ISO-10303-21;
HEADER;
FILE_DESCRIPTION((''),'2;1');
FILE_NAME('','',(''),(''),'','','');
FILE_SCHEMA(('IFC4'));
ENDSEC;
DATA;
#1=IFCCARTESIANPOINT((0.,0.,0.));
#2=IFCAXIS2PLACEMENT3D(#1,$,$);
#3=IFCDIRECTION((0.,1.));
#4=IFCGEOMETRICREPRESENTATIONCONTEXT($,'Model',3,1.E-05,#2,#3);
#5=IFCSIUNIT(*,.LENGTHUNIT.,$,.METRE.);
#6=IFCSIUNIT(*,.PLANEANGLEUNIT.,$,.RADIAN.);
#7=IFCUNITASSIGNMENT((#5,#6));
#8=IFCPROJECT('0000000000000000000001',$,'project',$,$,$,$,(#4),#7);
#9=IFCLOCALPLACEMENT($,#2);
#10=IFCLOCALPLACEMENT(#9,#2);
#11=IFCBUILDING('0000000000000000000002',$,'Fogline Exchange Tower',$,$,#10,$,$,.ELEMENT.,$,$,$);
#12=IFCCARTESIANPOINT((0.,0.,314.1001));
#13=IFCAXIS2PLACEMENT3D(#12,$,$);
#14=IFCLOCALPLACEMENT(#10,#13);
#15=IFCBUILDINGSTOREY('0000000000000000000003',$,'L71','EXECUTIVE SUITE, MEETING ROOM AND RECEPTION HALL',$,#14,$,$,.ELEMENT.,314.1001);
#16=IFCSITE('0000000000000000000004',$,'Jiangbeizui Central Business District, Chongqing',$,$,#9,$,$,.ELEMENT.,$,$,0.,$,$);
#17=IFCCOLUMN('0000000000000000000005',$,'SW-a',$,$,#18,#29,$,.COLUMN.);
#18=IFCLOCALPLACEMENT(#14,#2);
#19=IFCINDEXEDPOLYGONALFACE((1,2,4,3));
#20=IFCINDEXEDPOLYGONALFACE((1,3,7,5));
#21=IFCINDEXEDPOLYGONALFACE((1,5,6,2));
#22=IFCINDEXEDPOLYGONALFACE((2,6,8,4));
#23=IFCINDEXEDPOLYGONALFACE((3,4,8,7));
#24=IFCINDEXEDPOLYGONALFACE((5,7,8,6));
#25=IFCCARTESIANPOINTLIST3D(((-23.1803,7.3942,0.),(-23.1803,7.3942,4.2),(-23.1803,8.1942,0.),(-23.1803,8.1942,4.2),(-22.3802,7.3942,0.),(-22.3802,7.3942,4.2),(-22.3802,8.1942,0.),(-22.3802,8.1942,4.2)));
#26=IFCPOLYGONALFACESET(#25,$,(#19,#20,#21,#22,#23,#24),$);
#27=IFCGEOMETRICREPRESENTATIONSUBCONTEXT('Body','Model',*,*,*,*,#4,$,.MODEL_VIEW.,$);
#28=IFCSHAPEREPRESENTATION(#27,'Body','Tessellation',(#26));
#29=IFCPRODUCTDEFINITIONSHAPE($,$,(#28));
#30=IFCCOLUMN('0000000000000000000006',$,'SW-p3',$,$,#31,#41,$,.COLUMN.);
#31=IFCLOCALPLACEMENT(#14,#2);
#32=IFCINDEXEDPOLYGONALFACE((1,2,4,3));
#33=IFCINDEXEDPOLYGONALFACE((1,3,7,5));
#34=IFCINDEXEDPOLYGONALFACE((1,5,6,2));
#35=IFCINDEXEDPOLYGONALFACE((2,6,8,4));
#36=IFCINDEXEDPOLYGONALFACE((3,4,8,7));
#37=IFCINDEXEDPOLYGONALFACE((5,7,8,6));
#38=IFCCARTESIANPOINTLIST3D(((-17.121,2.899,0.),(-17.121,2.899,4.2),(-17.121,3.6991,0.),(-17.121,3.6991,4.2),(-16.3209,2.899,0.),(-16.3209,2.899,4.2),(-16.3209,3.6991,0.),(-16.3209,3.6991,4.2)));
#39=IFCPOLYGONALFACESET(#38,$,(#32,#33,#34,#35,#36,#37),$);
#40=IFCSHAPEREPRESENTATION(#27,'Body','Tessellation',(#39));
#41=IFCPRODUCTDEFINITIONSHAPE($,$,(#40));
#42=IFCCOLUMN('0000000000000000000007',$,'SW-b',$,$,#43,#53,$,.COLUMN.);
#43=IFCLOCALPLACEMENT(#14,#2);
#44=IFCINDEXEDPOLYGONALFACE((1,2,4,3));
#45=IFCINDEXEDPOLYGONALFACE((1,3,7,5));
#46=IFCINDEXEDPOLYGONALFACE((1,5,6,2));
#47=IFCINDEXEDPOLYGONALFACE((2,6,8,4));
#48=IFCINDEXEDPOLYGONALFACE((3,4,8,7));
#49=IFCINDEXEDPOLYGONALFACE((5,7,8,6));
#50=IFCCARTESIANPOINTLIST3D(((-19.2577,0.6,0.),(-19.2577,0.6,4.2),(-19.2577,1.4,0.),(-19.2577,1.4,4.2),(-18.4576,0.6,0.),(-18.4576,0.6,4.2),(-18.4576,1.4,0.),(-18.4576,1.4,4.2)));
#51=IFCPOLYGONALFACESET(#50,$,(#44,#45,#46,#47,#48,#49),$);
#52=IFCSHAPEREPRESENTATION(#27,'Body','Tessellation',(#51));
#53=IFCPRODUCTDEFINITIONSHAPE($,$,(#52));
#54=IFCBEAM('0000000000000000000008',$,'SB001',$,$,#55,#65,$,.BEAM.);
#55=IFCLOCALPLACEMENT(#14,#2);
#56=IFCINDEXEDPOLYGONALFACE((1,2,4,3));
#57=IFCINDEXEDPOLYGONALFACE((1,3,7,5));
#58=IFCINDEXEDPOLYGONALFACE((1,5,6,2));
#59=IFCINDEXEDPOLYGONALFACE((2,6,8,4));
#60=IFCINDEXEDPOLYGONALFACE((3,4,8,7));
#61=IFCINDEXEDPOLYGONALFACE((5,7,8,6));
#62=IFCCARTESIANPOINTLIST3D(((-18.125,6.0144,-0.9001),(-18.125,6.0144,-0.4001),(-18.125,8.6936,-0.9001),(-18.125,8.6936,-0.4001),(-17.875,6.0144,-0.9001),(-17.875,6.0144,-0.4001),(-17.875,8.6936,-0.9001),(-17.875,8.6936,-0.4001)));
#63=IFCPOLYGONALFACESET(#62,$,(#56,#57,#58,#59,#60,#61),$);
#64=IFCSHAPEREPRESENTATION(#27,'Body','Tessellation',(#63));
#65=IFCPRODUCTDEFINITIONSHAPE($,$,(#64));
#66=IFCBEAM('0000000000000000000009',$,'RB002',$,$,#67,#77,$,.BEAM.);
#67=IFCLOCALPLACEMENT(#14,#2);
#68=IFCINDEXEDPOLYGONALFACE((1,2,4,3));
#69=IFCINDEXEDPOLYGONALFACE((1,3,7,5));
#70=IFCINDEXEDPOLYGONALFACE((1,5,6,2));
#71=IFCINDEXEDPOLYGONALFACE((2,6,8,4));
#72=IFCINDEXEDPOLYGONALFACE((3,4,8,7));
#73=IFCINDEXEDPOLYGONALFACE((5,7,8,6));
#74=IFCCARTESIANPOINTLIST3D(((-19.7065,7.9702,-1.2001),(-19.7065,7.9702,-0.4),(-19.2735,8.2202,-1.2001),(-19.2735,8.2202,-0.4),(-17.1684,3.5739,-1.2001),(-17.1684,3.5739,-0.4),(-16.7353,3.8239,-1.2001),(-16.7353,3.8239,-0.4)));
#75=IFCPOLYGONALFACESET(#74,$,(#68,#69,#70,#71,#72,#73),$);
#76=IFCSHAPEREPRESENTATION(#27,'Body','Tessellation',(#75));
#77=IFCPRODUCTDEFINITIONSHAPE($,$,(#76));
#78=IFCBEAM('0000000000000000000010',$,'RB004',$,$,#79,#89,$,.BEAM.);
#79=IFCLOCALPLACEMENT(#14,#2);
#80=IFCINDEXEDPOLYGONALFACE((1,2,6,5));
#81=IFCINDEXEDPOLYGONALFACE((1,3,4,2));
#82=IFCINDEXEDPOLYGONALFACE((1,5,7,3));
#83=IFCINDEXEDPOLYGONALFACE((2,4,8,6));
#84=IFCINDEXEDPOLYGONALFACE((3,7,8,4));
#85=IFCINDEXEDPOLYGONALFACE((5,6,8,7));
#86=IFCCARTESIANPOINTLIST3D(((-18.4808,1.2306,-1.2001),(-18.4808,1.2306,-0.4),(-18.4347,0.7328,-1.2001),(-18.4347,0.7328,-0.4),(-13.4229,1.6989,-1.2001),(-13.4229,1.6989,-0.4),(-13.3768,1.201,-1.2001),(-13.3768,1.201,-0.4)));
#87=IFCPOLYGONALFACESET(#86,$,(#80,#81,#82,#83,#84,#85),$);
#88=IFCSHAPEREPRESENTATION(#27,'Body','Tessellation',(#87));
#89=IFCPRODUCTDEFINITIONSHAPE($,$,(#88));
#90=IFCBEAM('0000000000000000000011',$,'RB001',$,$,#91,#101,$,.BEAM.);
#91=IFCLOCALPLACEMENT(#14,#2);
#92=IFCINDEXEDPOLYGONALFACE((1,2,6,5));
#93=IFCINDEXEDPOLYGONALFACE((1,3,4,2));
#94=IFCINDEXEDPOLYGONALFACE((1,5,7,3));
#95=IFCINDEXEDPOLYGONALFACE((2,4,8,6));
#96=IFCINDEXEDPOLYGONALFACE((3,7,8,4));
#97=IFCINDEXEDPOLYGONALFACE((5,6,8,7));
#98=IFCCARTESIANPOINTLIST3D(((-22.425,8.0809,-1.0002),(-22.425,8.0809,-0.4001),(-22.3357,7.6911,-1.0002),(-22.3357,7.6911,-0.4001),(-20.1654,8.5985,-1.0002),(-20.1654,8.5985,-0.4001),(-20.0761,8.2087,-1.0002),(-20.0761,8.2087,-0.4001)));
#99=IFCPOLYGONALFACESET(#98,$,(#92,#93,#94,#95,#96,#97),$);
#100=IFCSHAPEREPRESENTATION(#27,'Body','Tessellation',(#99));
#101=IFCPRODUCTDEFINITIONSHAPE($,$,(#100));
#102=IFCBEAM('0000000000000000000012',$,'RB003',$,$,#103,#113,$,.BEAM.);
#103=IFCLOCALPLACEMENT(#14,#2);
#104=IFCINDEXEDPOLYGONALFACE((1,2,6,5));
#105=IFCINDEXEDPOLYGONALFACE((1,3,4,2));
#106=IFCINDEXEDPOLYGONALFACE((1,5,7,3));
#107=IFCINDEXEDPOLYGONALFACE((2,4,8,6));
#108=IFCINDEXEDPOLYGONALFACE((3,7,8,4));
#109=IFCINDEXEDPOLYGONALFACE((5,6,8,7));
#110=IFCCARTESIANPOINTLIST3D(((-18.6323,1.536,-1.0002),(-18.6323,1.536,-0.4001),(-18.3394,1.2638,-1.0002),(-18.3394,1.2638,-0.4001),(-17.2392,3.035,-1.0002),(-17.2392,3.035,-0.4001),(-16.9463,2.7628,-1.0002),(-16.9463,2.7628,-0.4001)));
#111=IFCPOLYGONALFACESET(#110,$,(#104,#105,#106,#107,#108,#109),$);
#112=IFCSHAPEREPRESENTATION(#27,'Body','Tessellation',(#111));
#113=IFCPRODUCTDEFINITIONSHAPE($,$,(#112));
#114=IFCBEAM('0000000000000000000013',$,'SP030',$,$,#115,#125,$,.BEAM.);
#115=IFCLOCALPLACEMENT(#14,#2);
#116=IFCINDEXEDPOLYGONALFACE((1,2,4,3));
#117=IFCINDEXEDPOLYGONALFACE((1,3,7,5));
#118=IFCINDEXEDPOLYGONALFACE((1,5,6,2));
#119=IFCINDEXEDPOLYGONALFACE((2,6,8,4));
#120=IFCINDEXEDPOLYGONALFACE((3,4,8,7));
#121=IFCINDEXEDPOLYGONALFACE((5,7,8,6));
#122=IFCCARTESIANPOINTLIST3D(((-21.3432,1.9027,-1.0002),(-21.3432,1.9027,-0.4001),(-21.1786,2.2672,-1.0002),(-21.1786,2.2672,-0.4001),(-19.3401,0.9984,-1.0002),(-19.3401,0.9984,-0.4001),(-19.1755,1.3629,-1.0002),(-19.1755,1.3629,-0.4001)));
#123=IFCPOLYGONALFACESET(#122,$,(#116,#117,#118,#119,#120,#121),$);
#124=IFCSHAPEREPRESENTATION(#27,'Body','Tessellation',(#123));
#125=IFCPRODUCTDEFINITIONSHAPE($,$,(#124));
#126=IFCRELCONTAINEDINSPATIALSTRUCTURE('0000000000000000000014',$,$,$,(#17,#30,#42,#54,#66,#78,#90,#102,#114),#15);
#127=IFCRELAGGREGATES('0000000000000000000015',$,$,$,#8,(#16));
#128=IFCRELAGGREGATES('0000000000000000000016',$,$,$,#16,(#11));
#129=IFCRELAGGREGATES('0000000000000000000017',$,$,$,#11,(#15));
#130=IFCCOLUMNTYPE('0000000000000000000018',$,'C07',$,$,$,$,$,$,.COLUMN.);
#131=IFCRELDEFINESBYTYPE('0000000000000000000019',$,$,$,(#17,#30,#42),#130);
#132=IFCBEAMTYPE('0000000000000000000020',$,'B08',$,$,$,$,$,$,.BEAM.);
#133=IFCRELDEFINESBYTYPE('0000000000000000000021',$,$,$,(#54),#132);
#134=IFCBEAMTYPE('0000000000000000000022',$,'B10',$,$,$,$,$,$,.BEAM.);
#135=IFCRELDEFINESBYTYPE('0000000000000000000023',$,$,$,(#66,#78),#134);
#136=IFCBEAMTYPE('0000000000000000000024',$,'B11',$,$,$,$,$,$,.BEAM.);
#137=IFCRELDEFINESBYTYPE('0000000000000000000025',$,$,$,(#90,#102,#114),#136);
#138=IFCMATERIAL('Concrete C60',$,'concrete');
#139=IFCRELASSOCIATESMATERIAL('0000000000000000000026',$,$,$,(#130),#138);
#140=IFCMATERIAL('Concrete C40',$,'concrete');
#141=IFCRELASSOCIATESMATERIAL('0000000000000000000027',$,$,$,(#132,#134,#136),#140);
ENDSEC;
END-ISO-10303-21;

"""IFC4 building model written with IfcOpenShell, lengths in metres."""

from ifc_helpers import new_model, si_unit, direction, frame, origin, origin_2d, place, context, subcontext, project, spatial, rectangle, extrude, material, material_profile, profile_set, type_object, element, save


model = new_model("IFC4")

# Units and contexts
model_context = context("Model", 3, precision=1e-05, world=origin(), true_north=direction((0.0, 1.0)))
body_context = subcontext(model_context, "Body", "Model", "MODEL_VIEW")
ifc_project = project(units=[si_unit("LENGTHUNIT", "METRE"), si_unit("PLANEANGLEUNIT", "RADIAN")], contexts=[model_context])

# Site, building, storey
site_placement = place(None, origin())
site = spatial("IfcSite", under=ifc_project, at=site_placement, Name="Jiangbeizui Central Business District, Chongqing", CompositionType="ELEMENT", RefElevation=0.0)
building_placement = place(site_placement, origin())
building = spatial("IfcBuilding", under=site, at=building_placement, Name="Fogline Exchange Tower", CompositionType="ELEMENT")
storey_placement = place(building_placement, frame((0.0, 0.0, 314.1001)))
storey = spatial("IfcBuildingStorey", under=building, at=storey_placement, Name="L71", Description="EXECUTIVE SUITE, MEETING ROOM AND RECEPTION HALL", CompositionType="ELEMENT", Elevation=314.1001)

# Columns
ifc_material_1 = material(Name="Concrete C60", Category="concrete")
ifc_material_profile_1 = material_profile(ifc_material_1, rectangle(XDim=0.8, YDim=0.8, at=origin_2d()), Name="RC 800x800")
ifc_profile_set_1 = profile_set([ifc_material_profile_1], Name="Concrete C60")
column_type = type_object("IfcColumnType", Name="C07", PredefinedType="COLUMN", material=ifc_profile_set_1)
for number, where, z_axis, x_axis, name in (
    (1, (-22.7803, 7.7942, 0.0), (0.0, 0.0, 1.0), (1.0, 0.0, 0.0), "SW-a"),
    (2, (-16.7209, 3.2991, 0.0), (0.0, 0.0, 1.0), (1.0, 0.0, 0.0), "SW-p3"),
    (3, (-18.8577, 1.0, 0.0), (0.0, 0.0, 1.0), (1.0, 0.0, 0.0), "SW-b"),
):
    element("IfcColumn", number, at=place(storey_placement, frame(where, z_axis=z_axis, x_axis=x_axis)), inside=storey, type_object=column_type, Name=name, PredefinedType="COLUMN", context=body_context, shape_type="SweptSolid", body=[
        extrude(rectangle(XDim=0.8, YDim=0.8, at=origin_2d()), origin(), (0.0, 0.0, 1.0), 4.2),
    ])

# Beams
ifc_material_2 = material(Name="Concrete C40", Category="concrete")
ifc_material_profile_2 = material_profile(ifc_material_2, rectangle(XDim=0.25, YDim=0.5, at=origin_2d()), Name="RC 250x500")
ifc_profile_set_2 = profile_set([ifc_material_profile_2], Name="Concrete C40")
beam_type_1 = type_object("IfcBeamType", Name="B08", PredefinedType="BEAM", material=ifc_profile_set_2)
beam_1_placement = place(storey_placement, frame((-18.0, 6.0144, -0.6501), z_axis=(0.0, 1.0, 0.0), x_axis=(-1.0, 0.0, 0.0)))
element("IfcBeam", 4, at=beam_1_placement, inside=storey, type_object=beam_type_1, Name="SB001", PredefinedType="BEAM", context=body_context, shape_type="SweptSolid", body=[
    extrude(rectangle(XDim=0.25, YDim=0.5, at=origin_2d()), origin(), (0.0, 0.0, 1.0), 2.6792),
])
ifc_material_profile_3 = material_profile(ifc_material_2, rectangle(XDim=0.5, YDim=0.8, at=origin_2d()), Name="RC 500x800")
ifc_profile_set_3 = profile_set([ifc_material_profile_3], Name="Concrete C40")
beam_type_2 = type_object("IfcBeamType", Name="B10", PredefinedType="BEAM", material=ifc_profile_set_3)
beam_2_placement = place(storey_placement, frame((-19.49, 8.0952, -0.8), z_axis=(0.499988, -0.866033, 0.0), x_axis=(0.866033, 0.499988, 0.0)))
element("IfcBeam", 5, at=beam_2_placement, inside=storey, type_object=beam_type_2, Name="RB002", PredefinedType="BEAM", context=body_context, shape_type="SweptSolid", body=[
    extrude(rectangle(XDim=0.5, YDim=0.8, at=origin_2d()), origin(), (0.0, 0.0, 1.0), 5.0764),
])
beam_3_placement = place(storey_placement, frame((-18.4578, 0.9817, -0.8), z_axis=(0.995742, 0.092187, 0.0), x_axis=(-0.092187, 0.995742, 0.0)))
element("IfcBeam", 6, at=beam_3_placement, inside=storey, type_object=beam_type_2, Name="RB004", PredefinedType="BEAM", context=body_context, shape_type="SweptSolid", body=[
    extrude(rectangle(XDim=0.5, YDim=0.8, at=origin_2d()), origin(), (0.0, 0.0, 1.0), 5.0796),
])
ifc_material_profile_4 = material_profile(ifc_material_2, rectangle(XDim=0.3999, YDim=0.6001, at=origin_2d()), Name="RC 400x600")
ifc_profile_set_4 = profile_set([ifc_material_profile_4], Name="Concrete C40")
beam_type_3 = type_object("IfcBeamType", Name="B11", PredefinedType="BEAM", material=ifc_profile_set_4)
beam_4_placement = place(storey_placement, frame((-22.3804, 7.886, -0.7002), z_axis=(0.974754, 0.223282, 0.0), x_axis=(-0.223282, 0.974754, 0.0)))
element("IfcBeam", 7, at=beam_4_placement, inside=storey, type_object=beam_type_3, Name="RB001", PredefinedType="BEAM", context=body_context, shape_type="SweptSolid", body=[
    extrude(rectangle(XDim=0.3999, YDim=0.6001, at=origin_2d()), origin(), (0.0, 0.0, 1.0), 2.3181),
])
beam_5_placement = place(storey_placement, frame((-17.0928, 2.8989, -0.7002), z_axis=(-0.680744, -0.732521, 0.0), x_axis=(0.732521, -0.680744, 0.0)))
element("IfcBeam", 8, at=beam_5_placement, inside=storey, type_object=beam_type_3, Name="RB003", PredefinedType="BEAM", context=body_context, shape_type="SweptSolid", body=[
    extrude(rectangle(XDim=0.3999, YDim=0.6001, at=origin_2d()), origin(), (0.0, 0.0, 1.0), 2.0464),
])
beam_6_placement = place(storey_placement, frame((-19.2578, 1.1807, -0.7002), z_axis=(-0.911432, 0.41145, 0.0), x_axis=(-0.41145, -0.911432, 0.0)))
element("IfcBeam", 9, at=beam_6_placement, inside=storey, type_object=beam_type_3, Name="SP030", PredefinedType="BEAM", context=body_context, shape_type="SweptSolid", body=[
    extrude(rectangle(XDim=0.3999, YDim=0.6001, at=origin_2d()), origin(), (0.0, 0.0, 1.0), 2.1978),
])

save(model, "model.ifc")
